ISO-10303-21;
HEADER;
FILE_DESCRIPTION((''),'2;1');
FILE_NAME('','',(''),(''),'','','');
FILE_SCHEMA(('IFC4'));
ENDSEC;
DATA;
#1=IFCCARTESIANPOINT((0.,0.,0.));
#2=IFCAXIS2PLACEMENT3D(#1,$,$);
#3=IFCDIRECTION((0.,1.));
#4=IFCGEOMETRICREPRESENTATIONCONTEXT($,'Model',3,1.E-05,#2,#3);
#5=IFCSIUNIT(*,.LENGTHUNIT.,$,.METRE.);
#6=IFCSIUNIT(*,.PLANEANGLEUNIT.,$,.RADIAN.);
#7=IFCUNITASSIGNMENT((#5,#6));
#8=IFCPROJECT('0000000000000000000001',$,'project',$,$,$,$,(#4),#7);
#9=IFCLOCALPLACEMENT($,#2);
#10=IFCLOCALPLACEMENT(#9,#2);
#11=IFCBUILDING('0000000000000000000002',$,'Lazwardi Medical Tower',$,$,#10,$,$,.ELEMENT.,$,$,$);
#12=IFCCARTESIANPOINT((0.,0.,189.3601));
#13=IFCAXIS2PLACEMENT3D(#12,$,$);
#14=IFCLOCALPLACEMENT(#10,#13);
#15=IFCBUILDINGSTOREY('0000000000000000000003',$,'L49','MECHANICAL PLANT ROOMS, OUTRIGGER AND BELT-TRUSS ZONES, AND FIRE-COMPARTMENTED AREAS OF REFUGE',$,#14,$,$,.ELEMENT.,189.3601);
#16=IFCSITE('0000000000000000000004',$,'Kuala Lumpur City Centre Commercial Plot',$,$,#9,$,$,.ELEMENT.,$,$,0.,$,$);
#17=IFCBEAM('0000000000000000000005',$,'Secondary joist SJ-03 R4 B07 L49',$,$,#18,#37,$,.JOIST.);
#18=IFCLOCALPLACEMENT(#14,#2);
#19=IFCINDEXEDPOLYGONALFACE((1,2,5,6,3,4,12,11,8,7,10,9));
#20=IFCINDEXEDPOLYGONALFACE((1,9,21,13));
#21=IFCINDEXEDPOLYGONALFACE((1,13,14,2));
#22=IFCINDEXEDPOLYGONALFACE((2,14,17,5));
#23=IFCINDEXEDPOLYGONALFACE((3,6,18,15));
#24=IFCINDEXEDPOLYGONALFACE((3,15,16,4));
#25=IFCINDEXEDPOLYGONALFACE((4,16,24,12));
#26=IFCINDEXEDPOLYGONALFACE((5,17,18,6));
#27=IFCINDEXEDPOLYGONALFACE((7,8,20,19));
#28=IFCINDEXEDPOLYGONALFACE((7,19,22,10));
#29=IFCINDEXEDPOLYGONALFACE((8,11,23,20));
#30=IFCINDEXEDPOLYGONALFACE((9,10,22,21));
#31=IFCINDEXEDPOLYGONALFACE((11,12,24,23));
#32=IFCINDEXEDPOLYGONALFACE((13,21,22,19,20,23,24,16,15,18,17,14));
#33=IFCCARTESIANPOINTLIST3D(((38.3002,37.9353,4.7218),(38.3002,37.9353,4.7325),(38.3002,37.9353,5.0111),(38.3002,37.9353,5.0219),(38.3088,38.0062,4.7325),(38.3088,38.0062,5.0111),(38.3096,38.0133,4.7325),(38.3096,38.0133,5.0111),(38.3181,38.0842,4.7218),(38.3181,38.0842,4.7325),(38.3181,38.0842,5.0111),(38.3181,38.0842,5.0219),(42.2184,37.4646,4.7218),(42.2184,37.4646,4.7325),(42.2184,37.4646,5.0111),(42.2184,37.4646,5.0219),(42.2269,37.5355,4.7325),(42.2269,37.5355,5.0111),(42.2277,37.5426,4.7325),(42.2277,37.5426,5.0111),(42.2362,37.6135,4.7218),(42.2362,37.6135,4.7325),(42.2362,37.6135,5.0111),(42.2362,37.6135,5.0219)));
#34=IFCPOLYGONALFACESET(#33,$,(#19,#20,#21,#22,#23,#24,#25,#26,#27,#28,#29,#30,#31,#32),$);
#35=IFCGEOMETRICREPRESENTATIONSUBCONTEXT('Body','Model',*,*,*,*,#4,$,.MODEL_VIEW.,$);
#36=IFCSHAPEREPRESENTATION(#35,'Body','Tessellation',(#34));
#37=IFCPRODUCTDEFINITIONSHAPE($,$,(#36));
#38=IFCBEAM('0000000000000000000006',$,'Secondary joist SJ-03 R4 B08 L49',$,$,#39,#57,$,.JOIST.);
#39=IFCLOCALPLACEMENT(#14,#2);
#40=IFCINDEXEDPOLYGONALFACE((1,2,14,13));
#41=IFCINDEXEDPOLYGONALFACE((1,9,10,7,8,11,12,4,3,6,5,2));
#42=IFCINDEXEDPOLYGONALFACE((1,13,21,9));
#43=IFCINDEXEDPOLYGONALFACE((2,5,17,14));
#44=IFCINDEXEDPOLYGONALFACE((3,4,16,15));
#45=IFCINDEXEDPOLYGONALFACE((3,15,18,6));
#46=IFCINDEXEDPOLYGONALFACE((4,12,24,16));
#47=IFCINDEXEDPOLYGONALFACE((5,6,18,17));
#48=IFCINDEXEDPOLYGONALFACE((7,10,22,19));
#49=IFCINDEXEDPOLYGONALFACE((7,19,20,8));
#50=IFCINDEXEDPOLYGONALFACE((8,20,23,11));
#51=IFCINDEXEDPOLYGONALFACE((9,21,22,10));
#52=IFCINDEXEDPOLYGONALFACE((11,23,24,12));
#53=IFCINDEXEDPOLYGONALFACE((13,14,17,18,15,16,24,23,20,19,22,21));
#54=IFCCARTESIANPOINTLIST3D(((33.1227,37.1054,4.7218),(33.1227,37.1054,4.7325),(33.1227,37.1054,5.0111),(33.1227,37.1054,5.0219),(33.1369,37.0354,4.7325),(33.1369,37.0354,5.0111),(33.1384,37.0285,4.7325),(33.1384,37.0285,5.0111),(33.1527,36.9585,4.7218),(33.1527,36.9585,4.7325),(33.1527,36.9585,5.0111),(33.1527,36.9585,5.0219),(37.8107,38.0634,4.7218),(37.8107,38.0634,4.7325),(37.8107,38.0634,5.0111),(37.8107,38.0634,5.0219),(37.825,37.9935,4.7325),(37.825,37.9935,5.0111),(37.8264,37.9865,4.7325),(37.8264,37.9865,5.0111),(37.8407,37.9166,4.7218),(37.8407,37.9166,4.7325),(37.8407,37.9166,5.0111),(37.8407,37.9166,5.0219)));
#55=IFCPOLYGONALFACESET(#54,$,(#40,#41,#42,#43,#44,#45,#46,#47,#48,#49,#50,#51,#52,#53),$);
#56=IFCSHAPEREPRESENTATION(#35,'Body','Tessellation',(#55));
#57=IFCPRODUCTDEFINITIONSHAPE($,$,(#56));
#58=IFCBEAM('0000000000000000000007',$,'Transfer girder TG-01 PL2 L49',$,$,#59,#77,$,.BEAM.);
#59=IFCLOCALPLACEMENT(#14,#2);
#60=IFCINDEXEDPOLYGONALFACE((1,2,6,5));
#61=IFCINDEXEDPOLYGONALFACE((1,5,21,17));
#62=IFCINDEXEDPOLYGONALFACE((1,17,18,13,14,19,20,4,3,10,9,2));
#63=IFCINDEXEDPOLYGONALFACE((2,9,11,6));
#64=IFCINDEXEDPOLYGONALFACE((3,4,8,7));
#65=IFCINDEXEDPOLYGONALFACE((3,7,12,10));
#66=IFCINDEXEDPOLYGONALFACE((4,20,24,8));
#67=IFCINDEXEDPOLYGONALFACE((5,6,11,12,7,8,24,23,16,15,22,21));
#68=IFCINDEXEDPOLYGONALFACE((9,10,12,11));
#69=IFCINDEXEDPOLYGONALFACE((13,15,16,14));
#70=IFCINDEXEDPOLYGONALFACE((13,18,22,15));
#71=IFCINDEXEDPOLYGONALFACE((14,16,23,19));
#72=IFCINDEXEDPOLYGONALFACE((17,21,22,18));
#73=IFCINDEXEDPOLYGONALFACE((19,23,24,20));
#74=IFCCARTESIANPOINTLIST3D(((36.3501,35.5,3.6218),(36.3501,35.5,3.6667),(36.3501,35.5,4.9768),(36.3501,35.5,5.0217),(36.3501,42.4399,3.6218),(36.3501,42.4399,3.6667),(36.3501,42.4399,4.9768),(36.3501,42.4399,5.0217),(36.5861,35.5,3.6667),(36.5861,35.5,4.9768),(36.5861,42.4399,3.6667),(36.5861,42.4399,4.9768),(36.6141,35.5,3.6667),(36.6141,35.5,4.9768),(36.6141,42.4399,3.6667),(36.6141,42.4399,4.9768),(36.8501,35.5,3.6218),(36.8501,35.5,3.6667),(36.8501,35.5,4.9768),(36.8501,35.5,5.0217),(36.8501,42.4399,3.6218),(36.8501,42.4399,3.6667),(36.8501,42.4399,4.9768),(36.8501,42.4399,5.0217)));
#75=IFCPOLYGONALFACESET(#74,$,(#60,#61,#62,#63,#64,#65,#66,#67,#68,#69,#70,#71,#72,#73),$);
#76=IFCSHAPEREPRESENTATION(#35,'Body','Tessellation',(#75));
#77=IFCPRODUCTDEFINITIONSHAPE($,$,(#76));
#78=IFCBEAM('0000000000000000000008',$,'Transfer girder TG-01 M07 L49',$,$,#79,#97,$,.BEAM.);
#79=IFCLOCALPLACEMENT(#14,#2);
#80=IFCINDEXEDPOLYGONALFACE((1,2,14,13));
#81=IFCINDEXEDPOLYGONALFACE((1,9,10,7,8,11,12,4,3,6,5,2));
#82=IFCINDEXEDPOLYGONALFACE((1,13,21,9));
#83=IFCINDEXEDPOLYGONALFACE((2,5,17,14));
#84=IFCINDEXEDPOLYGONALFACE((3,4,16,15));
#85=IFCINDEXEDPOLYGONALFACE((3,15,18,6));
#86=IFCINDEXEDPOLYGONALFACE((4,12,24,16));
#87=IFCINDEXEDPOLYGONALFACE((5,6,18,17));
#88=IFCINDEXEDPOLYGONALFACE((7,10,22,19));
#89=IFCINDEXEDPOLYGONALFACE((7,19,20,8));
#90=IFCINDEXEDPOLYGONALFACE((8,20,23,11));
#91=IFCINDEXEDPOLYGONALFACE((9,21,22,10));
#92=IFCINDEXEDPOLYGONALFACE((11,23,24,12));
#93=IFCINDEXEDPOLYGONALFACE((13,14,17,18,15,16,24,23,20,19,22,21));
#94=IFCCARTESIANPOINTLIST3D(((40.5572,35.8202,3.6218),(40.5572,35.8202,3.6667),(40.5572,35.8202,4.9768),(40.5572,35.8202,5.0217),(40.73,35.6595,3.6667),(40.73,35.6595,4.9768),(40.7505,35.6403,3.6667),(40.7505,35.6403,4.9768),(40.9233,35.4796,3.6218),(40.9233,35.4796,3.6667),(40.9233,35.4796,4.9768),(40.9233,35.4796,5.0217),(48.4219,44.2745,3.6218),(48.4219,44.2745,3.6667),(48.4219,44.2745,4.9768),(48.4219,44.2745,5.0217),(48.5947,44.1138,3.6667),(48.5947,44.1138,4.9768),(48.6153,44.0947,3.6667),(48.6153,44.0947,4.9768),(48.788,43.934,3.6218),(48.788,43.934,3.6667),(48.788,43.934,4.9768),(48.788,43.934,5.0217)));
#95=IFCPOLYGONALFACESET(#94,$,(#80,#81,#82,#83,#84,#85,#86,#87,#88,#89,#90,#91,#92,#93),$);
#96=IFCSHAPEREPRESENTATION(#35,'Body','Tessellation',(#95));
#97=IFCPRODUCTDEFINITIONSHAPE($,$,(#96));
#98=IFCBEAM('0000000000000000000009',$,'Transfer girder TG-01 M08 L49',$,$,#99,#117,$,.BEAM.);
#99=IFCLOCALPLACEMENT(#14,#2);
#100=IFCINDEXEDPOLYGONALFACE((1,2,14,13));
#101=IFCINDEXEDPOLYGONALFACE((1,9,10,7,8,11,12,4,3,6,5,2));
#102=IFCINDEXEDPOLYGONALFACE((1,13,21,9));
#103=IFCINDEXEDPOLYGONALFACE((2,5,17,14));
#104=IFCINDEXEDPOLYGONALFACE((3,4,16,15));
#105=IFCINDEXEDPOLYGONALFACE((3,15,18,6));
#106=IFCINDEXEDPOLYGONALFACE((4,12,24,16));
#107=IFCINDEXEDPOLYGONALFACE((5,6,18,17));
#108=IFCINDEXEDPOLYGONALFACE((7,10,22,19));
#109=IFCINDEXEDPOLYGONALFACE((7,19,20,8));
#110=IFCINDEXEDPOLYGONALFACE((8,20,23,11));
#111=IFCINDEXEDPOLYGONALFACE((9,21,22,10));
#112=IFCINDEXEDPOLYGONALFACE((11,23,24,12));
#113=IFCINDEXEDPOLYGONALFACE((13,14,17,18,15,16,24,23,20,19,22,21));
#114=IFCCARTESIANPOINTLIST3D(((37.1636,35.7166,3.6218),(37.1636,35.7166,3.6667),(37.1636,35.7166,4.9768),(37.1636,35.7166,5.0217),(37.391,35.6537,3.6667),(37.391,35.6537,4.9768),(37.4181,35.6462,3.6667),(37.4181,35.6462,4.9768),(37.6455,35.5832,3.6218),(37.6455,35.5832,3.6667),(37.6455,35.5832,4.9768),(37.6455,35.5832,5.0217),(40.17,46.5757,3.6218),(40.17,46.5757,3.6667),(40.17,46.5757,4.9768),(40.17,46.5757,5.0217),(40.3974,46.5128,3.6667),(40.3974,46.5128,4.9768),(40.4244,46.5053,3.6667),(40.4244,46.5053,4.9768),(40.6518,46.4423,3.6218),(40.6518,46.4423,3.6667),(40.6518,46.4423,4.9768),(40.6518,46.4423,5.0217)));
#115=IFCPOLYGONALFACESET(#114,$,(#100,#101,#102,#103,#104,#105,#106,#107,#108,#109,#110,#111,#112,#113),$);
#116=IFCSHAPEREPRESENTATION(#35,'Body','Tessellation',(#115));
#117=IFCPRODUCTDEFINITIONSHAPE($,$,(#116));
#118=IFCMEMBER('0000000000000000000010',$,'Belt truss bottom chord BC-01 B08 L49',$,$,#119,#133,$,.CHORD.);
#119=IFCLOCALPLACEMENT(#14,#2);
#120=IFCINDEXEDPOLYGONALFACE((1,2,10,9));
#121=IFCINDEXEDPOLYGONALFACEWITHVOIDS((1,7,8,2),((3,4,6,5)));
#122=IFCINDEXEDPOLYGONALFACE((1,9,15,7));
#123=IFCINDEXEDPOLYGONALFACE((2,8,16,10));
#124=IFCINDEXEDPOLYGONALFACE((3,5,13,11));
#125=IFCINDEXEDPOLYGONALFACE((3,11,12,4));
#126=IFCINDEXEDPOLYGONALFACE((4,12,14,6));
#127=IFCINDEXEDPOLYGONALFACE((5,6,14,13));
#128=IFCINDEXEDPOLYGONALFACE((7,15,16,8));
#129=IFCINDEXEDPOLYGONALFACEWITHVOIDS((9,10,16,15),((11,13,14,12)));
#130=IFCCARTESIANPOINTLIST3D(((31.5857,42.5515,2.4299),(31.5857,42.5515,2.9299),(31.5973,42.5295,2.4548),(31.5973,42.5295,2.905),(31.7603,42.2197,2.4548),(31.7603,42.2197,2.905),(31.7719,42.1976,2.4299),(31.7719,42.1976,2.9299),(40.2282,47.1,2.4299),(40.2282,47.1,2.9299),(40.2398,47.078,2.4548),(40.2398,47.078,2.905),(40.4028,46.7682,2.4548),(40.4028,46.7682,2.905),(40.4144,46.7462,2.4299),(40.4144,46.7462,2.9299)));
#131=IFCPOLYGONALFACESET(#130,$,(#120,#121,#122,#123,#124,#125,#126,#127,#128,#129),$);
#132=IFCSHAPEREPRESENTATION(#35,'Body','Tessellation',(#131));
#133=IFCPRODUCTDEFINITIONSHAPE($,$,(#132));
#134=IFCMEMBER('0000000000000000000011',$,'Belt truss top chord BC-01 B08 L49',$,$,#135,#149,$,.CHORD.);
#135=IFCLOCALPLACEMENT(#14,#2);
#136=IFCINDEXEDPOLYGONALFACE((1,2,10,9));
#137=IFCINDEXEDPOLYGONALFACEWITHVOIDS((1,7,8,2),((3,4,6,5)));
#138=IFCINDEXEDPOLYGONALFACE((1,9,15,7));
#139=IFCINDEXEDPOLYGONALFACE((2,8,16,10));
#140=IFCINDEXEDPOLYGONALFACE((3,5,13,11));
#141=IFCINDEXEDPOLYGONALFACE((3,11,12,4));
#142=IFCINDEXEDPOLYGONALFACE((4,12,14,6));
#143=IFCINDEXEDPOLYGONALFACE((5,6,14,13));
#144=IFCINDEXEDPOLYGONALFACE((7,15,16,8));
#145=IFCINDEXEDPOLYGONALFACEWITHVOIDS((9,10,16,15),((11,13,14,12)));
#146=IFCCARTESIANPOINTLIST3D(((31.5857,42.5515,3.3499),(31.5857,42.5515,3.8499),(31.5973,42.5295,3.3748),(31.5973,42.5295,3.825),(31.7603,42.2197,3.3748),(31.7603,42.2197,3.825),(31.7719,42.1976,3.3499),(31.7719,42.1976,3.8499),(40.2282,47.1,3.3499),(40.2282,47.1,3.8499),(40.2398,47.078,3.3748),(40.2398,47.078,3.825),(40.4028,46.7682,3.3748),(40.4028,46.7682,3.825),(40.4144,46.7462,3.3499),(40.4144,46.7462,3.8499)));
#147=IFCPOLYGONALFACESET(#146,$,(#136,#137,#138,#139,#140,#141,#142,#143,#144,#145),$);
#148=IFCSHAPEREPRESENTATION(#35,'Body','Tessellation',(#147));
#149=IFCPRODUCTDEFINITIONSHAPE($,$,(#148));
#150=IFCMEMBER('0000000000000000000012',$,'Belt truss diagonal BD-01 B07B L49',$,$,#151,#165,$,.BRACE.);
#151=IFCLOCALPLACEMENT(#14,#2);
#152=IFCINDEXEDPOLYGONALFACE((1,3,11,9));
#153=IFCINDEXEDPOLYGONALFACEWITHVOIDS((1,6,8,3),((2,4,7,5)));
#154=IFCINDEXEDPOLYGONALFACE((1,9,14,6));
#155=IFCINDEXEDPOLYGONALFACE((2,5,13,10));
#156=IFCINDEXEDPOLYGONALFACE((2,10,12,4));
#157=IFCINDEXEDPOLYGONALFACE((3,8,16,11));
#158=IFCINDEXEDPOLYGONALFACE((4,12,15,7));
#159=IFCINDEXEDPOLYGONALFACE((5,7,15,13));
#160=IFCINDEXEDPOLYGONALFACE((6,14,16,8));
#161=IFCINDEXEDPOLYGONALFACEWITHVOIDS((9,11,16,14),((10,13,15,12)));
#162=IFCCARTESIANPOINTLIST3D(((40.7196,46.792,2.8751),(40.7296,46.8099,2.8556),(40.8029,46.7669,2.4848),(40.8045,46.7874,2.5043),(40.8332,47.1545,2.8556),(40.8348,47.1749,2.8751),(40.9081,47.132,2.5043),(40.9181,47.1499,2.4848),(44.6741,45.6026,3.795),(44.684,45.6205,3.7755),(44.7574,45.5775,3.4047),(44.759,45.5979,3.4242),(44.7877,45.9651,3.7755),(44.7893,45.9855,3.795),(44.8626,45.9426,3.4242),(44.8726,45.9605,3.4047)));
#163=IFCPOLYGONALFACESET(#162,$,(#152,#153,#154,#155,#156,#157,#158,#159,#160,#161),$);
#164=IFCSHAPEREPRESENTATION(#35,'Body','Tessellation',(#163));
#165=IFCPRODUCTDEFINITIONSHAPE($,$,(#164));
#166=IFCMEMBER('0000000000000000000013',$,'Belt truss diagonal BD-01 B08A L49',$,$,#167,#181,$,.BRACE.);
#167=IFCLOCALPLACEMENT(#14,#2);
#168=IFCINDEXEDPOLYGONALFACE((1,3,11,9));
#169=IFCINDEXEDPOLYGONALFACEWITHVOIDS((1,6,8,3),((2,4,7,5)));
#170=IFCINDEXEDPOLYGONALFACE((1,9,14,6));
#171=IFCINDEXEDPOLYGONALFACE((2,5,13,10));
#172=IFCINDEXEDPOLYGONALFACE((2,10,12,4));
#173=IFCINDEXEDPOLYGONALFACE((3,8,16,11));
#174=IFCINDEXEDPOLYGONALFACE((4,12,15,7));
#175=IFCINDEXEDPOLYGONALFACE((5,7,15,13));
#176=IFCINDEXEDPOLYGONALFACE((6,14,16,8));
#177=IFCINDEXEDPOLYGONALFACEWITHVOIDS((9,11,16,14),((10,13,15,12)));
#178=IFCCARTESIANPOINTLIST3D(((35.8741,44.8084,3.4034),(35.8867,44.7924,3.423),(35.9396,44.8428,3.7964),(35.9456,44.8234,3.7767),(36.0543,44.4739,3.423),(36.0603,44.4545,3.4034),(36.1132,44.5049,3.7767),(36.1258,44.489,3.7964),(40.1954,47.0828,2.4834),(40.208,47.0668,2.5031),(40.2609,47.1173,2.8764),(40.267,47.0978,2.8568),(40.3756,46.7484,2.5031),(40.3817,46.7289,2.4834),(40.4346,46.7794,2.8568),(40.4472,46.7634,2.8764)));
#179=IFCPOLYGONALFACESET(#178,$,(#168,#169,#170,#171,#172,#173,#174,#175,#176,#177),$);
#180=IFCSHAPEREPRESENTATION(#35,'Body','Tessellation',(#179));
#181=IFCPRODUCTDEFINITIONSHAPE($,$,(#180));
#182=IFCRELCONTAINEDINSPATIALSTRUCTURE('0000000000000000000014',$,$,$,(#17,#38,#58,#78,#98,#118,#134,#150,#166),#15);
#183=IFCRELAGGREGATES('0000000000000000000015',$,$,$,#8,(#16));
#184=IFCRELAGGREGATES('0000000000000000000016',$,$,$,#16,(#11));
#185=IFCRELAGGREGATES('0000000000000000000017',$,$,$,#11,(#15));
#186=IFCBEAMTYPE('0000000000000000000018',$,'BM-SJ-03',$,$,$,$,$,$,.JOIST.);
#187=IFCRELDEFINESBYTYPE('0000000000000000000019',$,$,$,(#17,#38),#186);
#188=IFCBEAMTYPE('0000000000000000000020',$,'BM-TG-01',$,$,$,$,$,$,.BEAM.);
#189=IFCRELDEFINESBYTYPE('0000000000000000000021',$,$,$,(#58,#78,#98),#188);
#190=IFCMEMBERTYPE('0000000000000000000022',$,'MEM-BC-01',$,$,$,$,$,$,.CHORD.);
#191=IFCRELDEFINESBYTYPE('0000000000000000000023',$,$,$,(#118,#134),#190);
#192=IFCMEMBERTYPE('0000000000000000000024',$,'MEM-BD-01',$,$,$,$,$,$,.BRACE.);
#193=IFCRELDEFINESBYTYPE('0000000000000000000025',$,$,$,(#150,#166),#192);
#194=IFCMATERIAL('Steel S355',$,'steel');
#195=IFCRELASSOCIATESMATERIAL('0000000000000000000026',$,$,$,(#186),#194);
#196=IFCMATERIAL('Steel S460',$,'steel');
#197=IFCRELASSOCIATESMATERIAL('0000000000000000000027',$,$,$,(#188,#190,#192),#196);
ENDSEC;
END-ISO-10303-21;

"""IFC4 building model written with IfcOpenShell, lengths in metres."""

from ifc_helpers import new_model, si_unit, direction, frame, origin, origin_2d, place, context, subcontext, project, spatial, hollow_rectangle, i_section, extrude, material, material_profile, profile_set, type_object, element, save


model = new_model("IFC4")

# Units and contexts
model_context = context("Model", 3, precision=1e-05, world=origin(), true_north=direction((0.0, 1.0)))
body_context = subcontext(model_context, "Body", "Model", "MODEL_VIEW")
ifc_project = project(units=[si_unit("LENGTHUNIT", "METRE"), si_unit("PLANEANGLEUNIT", "RADIAN")], contexts=[model_context])

# Site, building, storey
site_placement = place(None, origin())
site = spatial("IfcSite", under=ifc_project, at=site_placement, Name="Kuala Lumpur City Centre Commercial Plot", CompositionType="ELEMENT", RefElevation=0.0)
building_placement = place(site_placement, origin())
building = spatial("IfcBuilding", under=site, at=building_placement, Name="Lazwardi Medical Tower", CompositionType="ELEMENT")
storey_placement = place(building_placement, frame((0.0, 0.0, 189.3601)))
storey = spatial("IfcBuildingStorey", under=building, at=storey_placement, Name="L49", Description="MECHANICAL PLANT ROOMS, OUTRIGGER AND BELT-TRUSS ZONES, AND FIRE-COMPARTMENTED AREAS OF REFUGE", CompositionType="ELEMENT", Elevation=189.3601)

# Beams
ifc_material_1 = material(Name="Steel S355", Category="steel")
ifc_material_profile_1 = material_profile(ifc_material_1, i_section(OverallWidth=0.1499, OverallDepth=0.3, WebThickness=0.0071, FlangeThickness=0.0107, at=origin_2d()), Name="IPE 300")
ifc_profile_set_1 = profile_set([ifc_material_profile_1], Name="Steel S355")
beam_type_1 = type_object("IfcBeamType", Name="BM-SJ-03", PredefinedType="JOIST", material=ifc_profile_set_1)
beam_1_placement = place(storey_placement, frame((42.2273, 37.5391, 4.8718), z_axis=(-0.992861, 0.119275, 0.0), x_axis=(-0.119275, -0.992861, 0.0)))
element("IfcBeam", 1, at=beam_1_placement, inside=storey, type_object=beam_type_1, Name="Secondary joist SJ-03 R4 B07 L49", PredefinedType="JOIST", context=body_context, shape_type="SweptSolid", body=[
    extrude(i_section(OverallWidth=0.1499, OverallDepth=0.3, WebThickness=0.0071, FlangeThickness=0.0107, at=origin_2d()), origin(), (0.0, 0.0, 1.0), 3.9463),
])
beam_2_placement = place(storey_placement, frame((37.8257, 37.99, 4.8718), z_axis=(-0.979752, -0.200216, 0.0), x_axis=(0.200216, -0.979752, 0.0)))
element("IfcBeam", 2, at=beam_2_placement, inside=storey, type_object=beam_type_1, Name="Secondary joist SJ-03 R4 B08 L49", PredefinedType="JOIST", context=body_context, shape_type="SweptSolid", body=[
    extrude(i_section(OverallWidth=0.1499, OverallDepth=0.3, WebThickness=0.0071, FlangeThickness=0.0107, at=origin_2d()), origin(), (0.0, 0.0, 1.0), 4.7849),
])
ifc_material_2 = material(Name="Steel S460", Category="steel")
ifc_material_profile_2 = material_profile(ifc_material_2, i_section(OverallWidth=0.5, OverallDepth=1.3999, WebThickness=0.0281, FlangeThickness=0.0449, at=origin_2d()), Name="PG 1400x500")
ifc_profile_set_2 = profile_set([ifc_material_profile_2], Name="Steel S460")
beam_type_2 = type_object("IfcBeamType", Name="BM-TG-01", PredefinedType="BEAM", material=ifc_profile_set_2)
beam_3_placement = place(storey_placement, frame((36.6001, 42.4399, 4.3218), z_axis=(0.0, -1.0, 0.0), x_axis=(1.0, 0.0, 0.0)))
element("IfcBeam", 3, at=beam_3_placement, inside=storey, type_object=beam_type_2, Name="Transfer girder TG-01 PL2 L49", PredefinedType="BEAM", context=body_context, shape_type="SweptSolid", body=[
    extrude(i_section(OverallWidth=0.5, OverallDepth=1.3999, WebThickness=0.0281, FlangeThickness=0.0449, at=origin_2d()), origin(), (0.0, 0.0, 1.0), 6.9399),
])
beam_4_placement = place(storey_placement, frame((48.605, 44.1042, 4.3218), z_axis=(-0.681115, -0.732176, 0.0), x_axis=(0.732176, -0.681115, 0.0)))
element("IfcBeam", 4, at=beam_4_placement, inside=storey, type_object=beam_type_2, Name="Transfer girder TG-01 M07 L49", PredefinedType="BEAM", context=body_context, shape_type="SweptSolid", body=[
    extrude(i_section(OverallWidth=0.5, OverallDepth=1.3999, WebThickness=0.0281, FlangeThickness=0.0449, at=origin_2d()), origin(), (0.0, 0.0, 1.0), 11.5469),
])
beam_5_placement = place(storey_placement, frame((40.4109, 46.509, 4.3218), z_axis=(-0.266813, -0.963748, 0.0), x_axis=(0.963748, -0.266813, 0.0)))
element("IfcBeam", 5, at=beam_5_placement, inside=storey, type_object=beam_type_2, Name="Transfer girder TG-01 M08 L49", PredefinedType="BEAM", context=body_context, shape_type="SweptSolid", body=[
    extrude(i_section(OverallWidth=0.5, OverallDepth=1.3999, WebThickness=0.0281, FlangeThickness=0.0449, at=origin_2d()), origin(), (0.0, 0.0, 1.0), 11.2676),
])

# Members
ifc_material_profile_3 = material_profile(ifc_material_2, hollow_rectangle(XDim=0.3999, YDim=0.5, WallThickness=0.0249, at=origin_2d()), Name="RHS 500x400x25")
ifc_profile_set_3 = profile_set([ifc_material_profile_3], Name="Steel S460")
member_type_1 = type_object("IfcMemberType", Name="MEM-BC-01", PredefinedType="CHORD", material=ifc_profile_set_3)
for number, where, z_axis, x_axis, name in (
    (6, (40.3213, 46.9231, 2.6799), (-0.884924, -0.465735, 0.0), (0.465735, -0.884924, 0.0), "Belt truss bottom chord BC-01 B08 L49"),
    (7, (40.3213, 46.9231, 3.5999), (-0.884924, -0.465735, 0.0), (0.465735, -0.884924, 0.0), "Belt truss top chord BC-01 B08 L49"),
):
    element("IfcMember", number, at=place(storey_placement, frame(where, z_axis=z_axis, x_axis=x_axis)), inside=storey, type_object=member_type_1, Name=name, PredefinedType="CHORD", context=body_context, shape_type="SweptSolid", body=[
        extrude(hollow_rectangle(XDim=0.3999, YDim=0.5, WallThickness=0.0249, at=origin_2d()), origin(), (0.0, 0.0, 1.0), 9.7664),
    ])
ifc_material_profile_4 = material_profile(ifc_material_2, hollow_rectangle(XDim=0.3999, YDim=0.3999, WallThickness=0.02, at=origin_2d()), Name="RHS 400x400x20")
ifc_profile_set_4 = profile_set([ifc_material_profile_4], Name="Steel S460")
member_type_2 = type_object("IfcMemberType", Name="MEM-BD-01", PredefinedType="BRACE", material=ifc_profile_set_4)
member_1_placement = place(storey_placement, frame((40.8188, 46.9709, 2.6799), z_axis=(0.93471, -0.28114, 0.217433), x_axis=(0.288031, 0.957621, 0.0)))
element("IfcMember", 8, at=member_1_placement, inside=storey, type_object=member_type_2, Name="Belt truss diagonal BD-01 B07B L49", PredefinedType="BRACE", context=body_context, shape_type="SweptSolid", body=[
    extrude(hollow_rectangle(XDim=0.3999, YDim=0.3999, WallThickness=0.02, at=origin_2d()), origin(), (0.0, 0.0, 1.0), 4.2307),
])
member_2_placement = place(storey_placement, frame((40.3213, 46.9231, 2.6799), z_axis=(-0.869618, -0.457704, 0.185125), x_axis=(0.465755, -0.884914, 0.0)))
element("IfcMember", 9, at=member_2_placement, inside=storey, type_object=member_type_2, Name="Belt truss diagonal BD-01 B08A L49", PredefinedType="BRACE", context=body_context, shape_type="SweptSolid", body=[
    extrude(hollow_rectangle(XDim=0.3999, YDim=0.3999, WallThickness=0.02, at=origin_2d()), origin(), (0.0, 0.0, 1.0), 4.9692),
])

save(model, "model.ifc")
